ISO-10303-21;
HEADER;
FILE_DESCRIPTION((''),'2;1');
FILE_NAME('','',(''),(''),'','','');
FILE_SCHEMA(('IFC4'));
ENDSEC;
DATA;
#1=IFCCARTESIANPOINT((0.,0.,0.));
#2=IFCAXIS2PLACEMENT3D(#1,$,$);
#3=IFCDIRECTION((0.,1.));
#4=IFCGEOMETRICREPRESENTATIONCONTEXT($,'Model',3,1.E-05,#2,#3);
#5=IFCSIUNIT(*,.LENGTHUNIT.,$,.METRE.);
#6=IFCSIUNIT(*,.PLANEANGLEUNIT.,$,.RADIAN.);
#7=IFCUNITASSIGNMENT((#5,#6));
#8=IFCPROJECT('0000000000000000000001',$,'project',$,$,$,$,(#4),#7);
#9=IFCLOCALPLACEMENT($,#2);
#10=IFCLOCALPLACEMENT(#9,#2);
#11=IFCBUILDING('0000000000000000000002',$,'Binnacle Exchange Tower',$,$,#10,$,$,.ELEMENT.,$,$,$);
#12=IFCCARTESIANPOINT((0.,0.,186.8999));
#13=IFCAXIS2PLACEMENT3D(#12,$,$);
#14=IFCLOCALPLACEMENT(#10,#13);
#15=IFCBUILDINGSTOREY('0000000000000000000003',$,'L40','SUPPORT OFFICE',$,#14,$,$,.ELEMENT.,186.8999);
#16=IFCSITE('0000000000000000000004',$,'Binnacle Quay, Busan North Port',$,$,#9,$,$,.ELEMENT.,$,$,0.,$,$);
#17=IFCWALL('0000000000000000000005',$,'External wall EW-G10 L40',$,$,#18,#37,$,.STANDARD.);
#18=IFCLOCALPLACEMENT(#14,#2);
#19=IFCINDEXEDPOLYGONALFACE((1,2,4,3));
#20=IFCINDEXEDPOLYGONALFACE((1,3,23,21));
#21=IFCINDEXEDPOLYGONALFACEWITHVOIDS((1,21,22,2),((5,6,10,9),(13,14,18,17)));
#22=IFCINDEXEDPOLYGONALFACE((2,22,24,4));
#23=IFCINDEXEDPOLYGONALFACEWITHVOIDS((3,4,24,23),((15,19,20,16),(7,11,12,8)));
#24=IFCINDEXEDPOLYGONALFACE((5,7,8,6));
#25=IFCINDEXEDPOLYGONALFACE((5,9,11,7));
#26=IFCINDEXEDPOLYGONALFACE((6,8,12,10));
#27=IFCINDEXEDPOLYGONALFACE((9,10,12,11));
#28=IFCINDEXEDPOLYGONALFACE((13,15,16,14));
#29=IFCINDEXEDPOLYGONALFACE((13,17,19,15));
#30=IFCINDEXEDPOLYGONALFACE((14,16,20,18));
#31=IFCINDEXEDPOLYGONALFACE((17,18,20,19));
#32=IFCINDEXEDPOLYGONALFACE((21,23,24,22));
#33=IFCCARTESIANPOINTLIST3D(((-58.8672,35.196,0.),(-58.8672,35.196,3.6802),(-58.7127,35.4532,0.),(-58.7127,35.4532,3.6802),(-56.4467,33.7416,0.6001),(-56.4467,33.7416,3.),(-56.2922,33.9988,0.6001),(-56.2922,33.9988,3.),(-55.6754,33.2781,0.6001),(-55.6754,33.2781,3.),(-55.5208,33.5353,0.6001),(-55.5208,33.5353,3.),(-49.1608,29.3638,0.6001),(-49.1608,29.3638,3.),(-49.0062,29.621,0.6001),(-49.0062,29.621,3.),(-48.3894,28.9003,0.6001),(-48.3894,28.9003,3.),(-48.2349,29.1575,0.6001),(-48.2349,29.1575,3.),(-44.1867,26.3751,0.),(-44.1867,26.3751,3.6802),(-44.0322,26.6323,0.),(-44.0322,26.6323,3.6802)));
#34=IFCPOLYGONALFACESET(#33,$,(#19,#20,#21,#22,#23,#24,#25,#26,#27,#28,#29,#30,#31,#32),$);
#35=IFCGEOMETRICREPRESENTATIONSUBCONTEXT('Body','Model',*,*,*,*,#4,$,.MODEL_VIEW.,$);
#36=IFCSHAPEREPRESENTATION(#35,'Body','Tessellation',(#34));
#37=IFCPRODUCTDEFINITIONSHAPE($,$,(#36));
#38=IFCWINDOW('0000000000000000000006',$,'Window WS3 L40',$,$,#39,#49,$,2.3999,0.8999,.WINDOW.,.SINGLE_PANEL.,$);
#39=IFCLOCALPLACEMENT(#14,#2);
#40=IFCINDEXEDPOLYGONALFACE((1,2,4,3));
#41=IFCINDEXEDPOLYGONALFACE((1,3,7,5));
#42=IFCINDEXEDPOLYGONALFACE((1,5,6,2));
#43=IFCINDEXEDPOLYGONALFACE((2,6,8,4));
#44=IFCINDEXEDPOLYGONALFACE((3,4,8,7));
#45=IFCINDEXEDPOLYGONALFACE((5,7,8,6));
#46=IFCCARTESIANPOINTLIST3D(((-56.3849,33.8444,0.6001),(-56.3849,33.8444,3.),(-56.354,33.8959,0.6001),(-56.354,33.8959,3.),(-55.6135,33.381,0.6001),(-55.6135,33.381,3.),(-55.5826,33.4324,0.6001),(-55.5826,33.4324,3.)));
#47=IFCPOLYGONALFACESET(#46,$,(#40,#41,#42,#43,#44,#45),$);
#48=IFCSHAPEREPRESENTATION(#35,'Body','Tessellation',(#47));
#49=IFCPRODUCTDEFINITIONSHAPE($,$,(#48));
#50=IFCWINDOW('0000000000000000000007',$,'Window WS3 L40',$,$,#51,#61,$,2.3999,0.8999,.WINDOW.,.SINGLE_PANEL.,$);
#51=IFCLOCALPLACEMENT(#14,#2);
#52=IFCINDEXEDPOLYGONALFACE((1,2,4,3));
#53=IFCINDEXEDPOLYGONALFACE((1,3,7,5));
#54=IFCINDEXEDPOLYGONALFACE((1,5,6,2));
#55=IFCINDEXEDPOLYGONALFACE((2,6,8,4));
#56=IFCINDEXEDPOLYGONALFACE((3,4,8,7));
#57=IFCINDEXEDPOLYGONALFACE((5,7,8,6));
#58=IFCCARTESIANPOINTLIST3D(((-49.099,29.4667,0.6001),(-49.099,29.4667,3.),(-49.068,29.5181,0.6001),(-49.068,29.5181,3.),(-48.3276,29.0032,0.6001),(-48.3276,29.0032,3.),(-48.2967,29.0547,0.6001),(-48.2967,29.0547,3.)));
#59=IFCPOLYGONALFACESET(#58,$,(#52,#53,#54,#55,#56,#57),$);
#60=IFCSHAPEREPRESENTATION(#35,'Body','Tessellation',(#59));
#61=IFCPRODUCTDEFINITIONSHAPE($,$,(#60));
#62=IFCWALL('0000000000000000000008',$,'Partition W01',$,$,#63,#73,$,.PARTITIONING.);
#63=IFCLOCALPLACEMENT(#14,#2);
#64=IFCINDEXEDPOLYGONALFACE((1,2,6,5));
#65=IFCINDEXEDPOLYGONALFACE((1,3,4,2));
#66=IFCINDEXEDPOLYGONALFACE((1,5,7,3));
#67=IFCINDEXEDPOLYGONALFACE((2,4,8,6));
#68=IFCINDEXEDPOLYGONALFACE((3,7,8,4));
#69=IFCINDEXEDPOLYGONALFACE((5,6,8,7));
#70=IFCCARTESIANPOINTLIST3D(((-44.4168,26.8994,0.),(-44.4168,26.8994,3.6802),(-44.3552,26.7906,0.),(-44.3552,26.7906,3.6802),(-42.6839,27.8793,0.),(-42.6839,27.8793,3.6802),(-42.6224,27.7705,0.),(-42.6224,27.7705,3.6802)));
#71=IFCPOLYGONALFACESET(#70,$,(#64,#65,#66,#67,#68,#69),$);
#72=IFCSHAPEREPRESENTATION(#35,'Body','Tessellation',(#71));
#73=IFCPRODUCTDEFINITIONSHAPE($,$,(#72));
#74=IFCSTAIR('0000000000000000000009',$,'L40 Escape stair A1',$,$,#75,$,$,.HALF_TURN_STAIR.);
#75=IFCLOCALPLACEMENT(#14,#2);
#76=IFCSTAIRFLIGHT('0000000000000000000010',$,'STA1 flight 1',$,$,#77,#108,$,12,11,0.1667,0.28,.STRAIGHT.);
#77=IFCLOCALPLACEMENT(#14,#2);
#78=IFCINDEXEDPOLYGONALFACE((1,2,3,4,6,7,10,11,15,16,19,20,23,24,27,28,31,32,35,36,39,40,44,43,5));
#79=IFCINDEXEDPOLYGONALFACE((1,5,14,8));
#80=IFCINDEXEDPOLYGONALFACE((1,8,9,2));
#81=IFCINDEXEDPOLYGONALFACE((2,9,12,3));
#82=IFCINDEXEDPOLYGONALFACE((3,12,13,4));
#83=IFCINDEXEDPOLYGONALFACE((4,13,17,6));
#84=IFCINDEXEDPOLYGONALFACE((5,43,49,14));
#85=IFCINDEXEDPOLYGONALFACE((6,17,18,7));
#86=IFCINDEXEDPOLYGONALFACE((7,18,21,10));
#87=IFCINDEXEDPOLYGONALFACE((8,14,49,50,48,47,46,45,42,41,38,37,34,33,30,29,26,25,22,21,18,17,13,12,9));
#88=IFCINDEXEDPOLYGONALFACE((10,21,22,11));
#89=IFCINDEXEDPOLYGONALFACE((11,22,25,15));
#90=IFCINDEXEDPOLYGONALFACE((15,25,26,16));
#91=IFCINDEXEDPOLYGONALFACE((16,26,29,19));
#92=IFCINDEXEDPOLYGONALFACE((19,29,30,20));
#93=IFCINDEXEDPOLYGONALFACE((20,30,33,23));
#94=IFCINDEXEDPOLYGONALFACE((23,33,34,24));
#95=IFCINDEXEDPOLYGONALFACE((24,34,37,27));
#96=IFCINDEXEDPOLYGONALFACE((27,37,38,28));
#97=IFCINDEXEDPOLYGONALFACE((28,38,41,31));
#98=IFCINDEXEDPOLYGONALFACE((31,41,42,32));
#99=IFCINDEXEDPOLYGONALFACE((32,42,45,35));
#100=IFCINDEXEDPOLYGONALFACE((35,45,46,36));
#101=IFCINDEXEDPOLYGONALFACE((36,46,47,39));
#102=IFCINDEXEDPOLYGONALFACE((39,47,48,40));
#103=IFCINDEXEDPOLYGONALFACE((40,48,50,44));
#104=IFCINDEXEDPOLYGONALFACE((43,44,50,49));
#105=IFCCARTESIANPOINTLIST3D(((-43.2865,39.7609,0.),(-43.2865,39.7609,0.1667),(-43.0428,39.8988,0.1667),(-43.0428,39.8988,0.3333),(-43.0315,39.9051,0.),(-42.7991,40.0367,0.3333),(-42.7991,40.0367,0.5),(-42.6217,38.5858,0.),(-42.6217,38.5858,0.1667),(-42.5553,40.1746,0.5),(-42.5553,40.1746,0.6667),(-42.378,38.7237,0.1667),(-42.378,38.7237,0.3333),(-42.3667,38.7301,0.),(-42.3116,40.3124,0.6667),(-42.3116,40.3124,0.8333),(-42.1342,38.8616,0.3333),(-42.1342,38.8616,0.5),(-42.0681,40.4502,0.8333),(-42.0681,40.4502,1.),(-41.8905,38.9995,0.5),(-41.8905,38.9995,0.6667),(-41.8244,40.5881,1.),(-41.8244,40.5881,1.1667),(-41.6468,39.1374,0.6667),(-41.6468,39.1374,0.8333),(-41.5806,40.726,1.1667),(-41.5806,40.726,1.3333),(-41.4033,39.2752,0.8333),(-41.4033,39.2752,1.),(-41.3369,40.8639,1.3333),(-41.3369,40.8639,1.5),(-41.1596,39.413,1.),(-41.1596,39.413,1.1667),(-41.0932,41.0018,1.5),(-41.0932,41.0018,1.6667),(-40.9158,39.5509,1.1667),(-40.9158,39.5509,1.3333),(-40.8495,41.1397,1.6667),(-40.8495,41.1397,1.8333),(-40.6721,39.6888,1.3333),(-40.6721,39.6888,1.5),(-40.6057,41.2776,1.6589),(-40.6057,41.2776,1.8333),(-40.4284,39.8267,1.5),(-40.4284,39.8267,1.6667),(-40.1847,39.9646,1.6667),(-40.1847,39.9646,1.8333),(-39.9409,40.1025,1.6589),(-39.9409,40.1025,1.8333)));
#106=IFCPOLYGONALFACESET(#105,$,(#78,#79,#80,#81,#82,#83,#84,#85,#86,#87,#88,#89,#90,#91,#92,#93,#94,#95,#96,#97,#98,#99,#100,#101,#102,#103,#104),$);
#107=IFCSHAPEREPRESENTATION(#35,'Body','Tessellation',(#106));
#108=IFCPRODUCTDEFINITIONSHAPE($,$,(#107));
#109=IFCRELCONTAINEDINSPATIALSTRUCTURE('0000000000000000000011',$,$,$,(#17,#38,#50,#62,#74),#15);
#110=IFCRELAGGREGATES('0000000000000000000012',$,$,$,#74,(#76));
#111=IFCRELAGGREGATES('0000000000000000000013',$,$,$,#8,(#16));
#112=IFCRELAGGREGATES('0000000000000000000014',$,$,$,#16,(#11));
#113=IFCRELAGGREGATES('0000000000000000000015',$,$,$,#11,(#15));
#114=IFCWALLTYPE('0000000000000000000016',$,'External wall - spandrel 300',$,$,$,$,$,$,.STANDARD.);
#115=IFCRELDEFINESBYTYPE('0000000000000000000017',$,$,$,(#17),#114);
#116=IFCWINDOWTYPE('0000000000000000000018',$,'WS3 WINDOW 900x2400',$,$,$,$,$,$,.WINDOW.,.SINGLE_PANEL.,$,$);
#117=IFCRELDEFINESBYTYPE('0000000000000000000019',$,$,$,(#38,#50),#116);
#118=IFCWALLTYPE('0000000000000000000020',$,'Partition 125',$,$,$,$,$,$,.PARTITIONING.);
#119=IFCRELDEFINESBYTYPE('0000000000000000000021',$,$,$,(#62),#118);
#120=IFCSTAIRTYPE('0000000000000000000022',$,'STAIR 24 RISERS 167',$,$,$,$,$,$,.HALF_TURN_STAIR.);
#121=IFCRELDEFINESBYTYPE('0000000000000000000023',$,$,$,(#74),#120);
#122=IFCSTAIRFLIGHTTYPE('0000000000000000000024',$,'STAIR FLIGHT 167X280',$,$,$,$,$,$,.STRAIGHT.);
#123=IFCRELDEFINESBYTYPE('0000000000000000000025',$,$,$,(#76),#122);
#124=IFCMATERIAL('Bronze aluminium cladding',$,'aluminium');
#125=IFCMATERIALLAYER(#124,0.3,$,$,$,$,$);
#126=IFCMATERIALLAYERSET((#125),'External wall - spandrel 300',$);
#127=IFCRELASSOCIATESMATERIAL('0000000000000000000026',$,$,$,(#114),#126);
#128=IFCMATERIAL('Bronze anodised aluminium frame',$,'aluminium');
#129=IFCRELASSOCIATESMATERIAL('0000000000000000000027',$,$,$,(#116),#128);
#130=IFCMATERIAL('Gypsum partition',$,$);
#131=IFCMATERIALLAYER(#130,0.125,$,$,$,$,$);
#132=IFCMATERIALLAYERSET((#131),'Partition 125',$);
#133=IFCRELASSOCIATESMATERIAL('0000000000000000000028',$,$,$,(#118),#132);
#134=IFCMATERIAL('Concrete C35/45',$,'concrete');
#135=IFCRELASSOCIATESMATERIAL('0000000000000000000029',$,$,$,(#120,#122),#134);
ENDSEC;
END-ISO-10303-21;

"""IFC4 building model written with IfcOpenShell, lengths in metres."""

from ifc_helpers import new_model, si_unit, direction, frame, frame_2d, origin, place, context, subcontext, project, spatial, polyline, rectangle, outline, extrude, material, layer, layer_set, type_object, element, fill, aggregate, save


model = new_model("IFC4")

# Units and contexts
model_context = context("Model", 3, precision=1e-05, world=origin(), true_north=direction((0.0, 1.0)))
body_context = subcontext(model_context, "Body", "Model", "MODEL_VIEW")
ifc_project = project(units=[si_unit("LENGTHUNIT", "METRE"), si_unit("PLANEANGLEUNIT", "RADIAN")], contexts=[model_context])

# Site, building, storey
site_placement = place(None, origin())
site = spatial("IfcSite", under=ifc_project, at=site_placement, Name="Binnacle Quay, Busan North Port", CompositionType="ELEMENT", RefElevation=0.0)
building_placement = place(site_placement, origin())
building = spatial("IfcBuilding", under=site, at=building_placement, Name="Binnacle Exchange Tower", CompositionType="ELEMENT")
storey_placement = place(building_placement, frame((0.0, 0.0, 186.8999)))
storey = spatial("IfcBuildingStorey", under=building, at=storey_placement, Name="L40", Description="SUPPORT OFFICE", CompositionType="ELEMENT", Elevation=186.8999)

# Shared definitions
ifc_material_1 = material(Name="Bronze aluminium cladding", Category="aluminium")
ifc_layer_1 = layer(ifc_material_1, 0.3)
ifc_layer_set_1 = layer_set([ifc_layer_1], Name="External wall - spandrel 300")
wall_type_1 = type_object("IfcWallType", Name="External wall - spandrel 300", PredefinedType="STANDARD", material=ifc_layer_set_1)
ifc_material_2 = material(Name="Bronze anodised aluminium frame", Category="aluminium")
window_type = type_object("IfcWindowType", Name="WS3 WINDOW 900x2400", PartitioningType="SINGLE_PANEL", PredefinedType="WINDOW", material=ifc_material_2)

# Wall, openings, windows
wall_1_placement = place(storey_placement, frame((-44.1094, 26.5037, 0.0), z_axis=(0.0, 0.0, 1.0), x_axis=(-0.85717, 0.515034, 0.0)))
wall_1 = element("IfcWall", 1, at=wall_1_placement, inside=storey, type_object=wall_type_1, Name="External wall EW-G10 L40", PredefinedType="STANDARD", context=body_context, shape_type="SweptSolid", body=[
    extrude(rectangle(XDim=17.1267, YDim=0.3, at=frame_2d((8.5635, 0.0))), origin(), (0.0, 0.0, 1.0), 3.6802),
])
opening_1_placement = place(wall_1_placement, frame((13.4031, 0.0, 0.6001)))
opening_1 = element("IfcOpeningElement", 2, at=opening_1_placement, cuts=wall_1, PredefinedType="OPENING", context=body_context, shape_type="SweptSolid", body=[
    extrude(rectangle(XDim=0.8999, YDim=2.3999, at=frame_2d((0.45, 1.2))), frame((0.0, 0.1599, 0.0), z_axis=(0.0, -1.0, 0.0), x_axis=(1.0, 0.0, 0.0)), (0.0, 0.0, 1.0), 0.3201),
])
opening_2_placement = place(wall_1_placement, frame((4.9031, 0.0, 0.6001)))
opening_2 = element("IfcOpeningElement", 3, at=opening_2_placement, cuts=wall_1, PredefinedType="OPENING", context=body_context, shape_type="SweptSolid", body=[
    extrude(rectangle(XDim=0.8999, YDim=2.3999, at=frame_2d((0.45, 1.2))), frame((0.0, 0.1599, 0.0), z_axis=(0.0, -1.0, 0.0), x_axis=(1.0, 0.0, 0.0)), (0.0, 0.0, 1.0), 0.3201),
])
window_1_placement = place(opening_1_placement, origin())
window_1 = element("IfcWindow", 4, at=window_1_placement, inside=storey, type_object=window_type, Name="Window WS3 L40", OverallHeight=2.3999, OverallWidth=0.8999, PartitioningType="SINGLE_PANEL", PredefinedType="WINDOW", context=body_context, shape_type="SweptSolid", body=[
    extrude(rectangle(XDim=0.8999, YDim=2.3999, at=frame_2d((0.45, 1.2))), frame((0.0, 0.03, 0.0), z_axis=(0.0, -1.0, 0.0), x_axis=(1.0, 0.0, 0.0)), (0.0, 0.0, 1.0), 0.0601),
])
fill(opening_1, window_1)
window_2_placement = place(opening_2_placement, origin())
window_2 = element("IfcWindow", 5, at=window_2_placement, inside=storey, type_object=window_type, Name="Window WS3 L40", OverallHeight=2.3999, OverallWidth=0.8999, PartitioningType="SINGLE_PANEL", PredefinedType="WINDOW", context=body_context, shape_type="SweptSolid", body=[
    extrude(rectangle(XDim=0.8999, YDim=2.3999, at=frame_2d((0.45, 1.2))), frame((0.0, 0.03, 0.0), z_axis=(0.0, -1.0, 0.0), x_axis=(1.0, 0.0, 0.0)), (0.0, 0.0, 1.0), 0.0601),
])
fill(opening_2, window_2)

# Wall
ifc_material_3 = material(Name="Gypsum partition")
ifc_layer_2 = layer(ifc_material_3, 0.125)
ifc_layer_set_2 = layer_set([ifc_layer_2], Name="Partition 125")
wall_type_2 = type_object("IfcWallType", Name="Partition 125", PredefinedType="PARTITIONING", material=ifc_layer_set_2)
wall_2_placement = place(storey_placement, frame((-44.386, 26.845, 0.0), z_axis=(0.0, 0.0, 1.0), x_axis=(0.870453, 0.492251, 0.0)))
element("IfcWall", 6, at=wall_2_placement, inside=storey, type_object=wall_type_2, Name="Partition W01", PredefinedType="PARTITIONING", context=body_context, shape_type="SweptSolid", body=[
    extrude(rectangle(XDim=1.9907, YDim=0.125, at=frame_2d((0.9954, 0.0))), origin(), (0.0, 0.0, 1.0), 3.6802),
])

# Stair, stair flight
ifc_material_4 = material(Name="Concrete C35/45", Category="concrete")
stair_type = type_object("IfcStairType", Name="STAIR 24 RISERS 167", PredefinedType="HALF_TURN_STAIR", material=ifc_material_4)
stair_placement = place(storey_placement, origin())
stair = element("IfcStair", 7, at=stair_placement, inside=storey, type_object=stair_type, Name="L40 Escape stair A1", PredefinedType="HALF_TURN_STAIR")
stair_flight_type = type_object("IfcStairFlightType", Name="STAIR FLIGHT 167X280", PredefinedType="STRAIGHT", material=ifc_material_4)
stair_flight_placement = place(storey_placement, frame((-42.9541, 39.1733, 0.0), z_axis=(0.0, 0.0, 1.0), x_axis=(0.870356, 0.492424, 0.0)))
stair_flight = element("IfcStairFlight", 8, at=stair_flight_placement, type_object=stair_flight_type, Name="STA1 flight 1", NumberOfRisers=12, NumberOfTreads=11, PredefinedType="STRAIGHT", RiserHeight=0.1667, TreadLength=0.28, context=body_context, shape_type="SweptSolid", body=[
    extrude(outline(polyline([(0.0, 0.0), (0.0, 0.1667), (0.28, 0.1667), (0.28, 0.3333), (0.5601, 0.3333), (0.5601, 0.5), (0.8401, 0.5), (0.8401, 0.6667), (1.1201, 0.6667), (1.1201, 0.8333), (1.3999, 0.8333), (1.3999, 1.0), (1.6799, 1.0), (1.6799, 1.1667), (1.96, 1.1667), (1.96, 1.3333), (2.24, 1.3333), (2.24, 1.5), (2.52, 1.5), (2.52, 1.6667), (2.8, 1.6667), (2.8, 1.8333), (3.0801, 1.8333), (3.0801, 2.0), (3.0801, 1.6589), (0.293, 0.0), (0.0, 0.0)])), frame((0.0, 0.675, 0.0), z_axis=(0.0, -1.0, 0.0), x_axis=(1.0, 0.0, 0.0)), (0.0, 0.0, 1.0), 1.3501),
])
aggregate(stair, [stair_flight])

save(model, "model.ifc")
